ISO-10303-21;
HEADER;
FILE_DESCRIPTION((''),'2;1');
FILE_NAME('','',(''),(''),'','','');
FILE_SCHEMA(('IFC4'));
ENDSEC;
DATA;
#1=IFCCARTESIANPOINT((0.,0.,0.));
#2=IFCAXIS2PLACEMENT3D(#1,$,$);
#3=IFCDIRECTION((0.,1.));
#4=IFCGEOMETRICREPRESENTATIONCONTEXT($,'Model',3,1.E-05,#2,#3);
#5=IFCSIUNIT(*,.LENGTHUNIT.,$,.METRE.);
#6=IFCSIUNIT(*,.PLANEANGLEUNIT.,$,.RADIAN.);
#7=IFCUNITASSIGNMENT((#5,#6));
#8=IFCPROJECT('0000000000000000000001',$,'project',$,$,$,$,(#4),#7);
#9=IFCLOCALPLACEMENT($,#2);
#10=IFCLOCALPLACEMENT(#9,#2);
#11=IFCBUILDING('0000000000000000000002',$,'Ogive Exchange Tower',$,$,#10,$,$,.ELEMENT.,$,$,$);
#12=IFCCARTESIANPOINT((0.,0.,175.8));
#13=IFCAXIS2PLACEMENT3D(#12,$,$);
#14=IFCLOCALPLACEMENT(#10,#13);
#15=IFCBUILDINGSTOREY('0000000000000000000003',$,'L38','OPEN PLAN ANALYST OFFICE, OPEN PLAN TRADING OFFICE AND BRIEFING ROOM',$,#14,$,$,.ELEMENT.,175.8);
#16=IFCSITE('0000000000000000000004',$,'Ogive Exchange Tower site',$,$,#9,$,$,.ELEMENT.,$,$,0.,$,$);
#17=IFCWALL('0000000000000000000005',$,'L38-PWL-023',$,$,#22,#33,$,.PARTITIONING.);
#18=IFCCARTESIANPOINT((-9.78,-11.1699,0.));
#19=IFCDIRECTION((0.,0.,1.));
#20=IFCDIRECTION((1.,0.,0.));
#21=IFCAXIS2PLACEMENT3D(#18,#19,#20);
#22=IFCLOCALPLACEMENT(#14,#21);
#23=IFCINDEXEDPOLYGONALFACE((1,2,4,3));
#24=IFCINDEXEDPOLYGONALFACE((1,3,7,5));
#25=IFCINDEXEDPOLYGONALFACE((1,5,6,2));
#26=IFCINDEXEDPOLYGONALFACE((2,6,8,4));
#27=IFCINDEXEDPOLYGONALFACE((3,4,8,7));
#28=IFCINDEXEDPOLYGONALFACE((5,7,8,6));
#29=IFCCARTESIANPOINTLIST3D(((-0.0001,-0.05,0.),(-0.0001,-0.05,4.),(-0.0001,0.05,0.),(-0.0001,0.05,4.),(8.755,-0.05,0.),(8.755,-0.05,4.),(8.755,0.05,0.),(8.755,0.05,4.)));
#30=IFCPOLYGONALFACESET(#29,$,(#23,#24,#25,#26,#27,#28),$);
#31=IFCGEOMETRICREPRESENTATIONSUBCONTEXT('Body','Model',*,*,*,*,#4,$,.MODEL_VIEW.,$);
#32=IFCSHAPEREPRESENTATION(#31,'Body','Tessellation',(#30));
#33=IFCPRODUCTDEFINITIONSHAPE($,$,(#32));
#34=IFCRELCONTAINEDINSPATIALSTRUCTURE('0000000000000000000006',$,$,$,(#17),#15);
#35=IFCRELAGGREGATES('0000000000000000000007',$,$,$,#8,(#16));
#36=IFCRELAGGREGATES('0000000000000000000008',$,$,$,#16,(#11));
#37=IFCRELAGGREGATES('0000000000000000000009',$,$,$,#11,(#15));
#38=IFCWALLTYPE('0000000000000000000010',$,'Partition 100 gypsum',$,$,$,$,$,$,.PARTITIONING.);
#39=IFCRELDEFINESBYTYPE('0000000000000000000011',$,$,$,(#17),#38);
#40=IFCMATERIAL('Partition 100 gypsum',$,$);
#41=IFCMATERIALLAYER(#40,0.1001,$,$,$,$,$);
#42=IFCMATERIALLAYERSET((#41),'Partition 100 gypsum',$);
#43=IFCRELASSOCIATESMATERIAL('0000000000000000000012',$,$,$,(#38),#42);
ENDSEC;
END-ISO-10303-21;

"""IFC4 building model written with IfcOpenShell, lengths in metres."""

from ifc_helpers import new_model, si_unit, direction, frame, frame_2d, origin, place, context, subcontext, project, spatial, rectangle, extrude, material, layer, layer_set, type_object, element, save


model = new_model("IFC4")

# Units and contexts
model_context = context("Model", 3, precision=1e-05, world=origin(), true_north=direction((0.0, 1.0)))
body_context = subcontext(model_context, "Body", "Model", "MODEL_VIEW")
ifc_project = project(units=[si_unit("LENGTHUNIT", "METRE"), si_unit("PLANEANGLEUNIT", "RADIAN")], contexts=[model_context])

# Site, building, storey
site_placement = place(None, origin())
site = spatial("IfcSite", under=ifc_project, at=site_placement, Name="Ogive Exchange Tower site", CompositionType="ELEMENT", RefElevation=0.0)
building_placement = place(site_placement, origin())
building = spatial("IfcBuilding", under=site, at=building_placement, Name="Ogive Exchange Tower", CompositionType="ELEMENT")
storey_placement = place(building_placement, frame((0.0, 0.0, 175.8)))
storey = spatial("IfcBuildingStorey", under=building, at=storey_placement, Name="L38", Description="OPEN PLAN ANALYST OFFICE, OPEN PLAN TRADING OFFICE AND BRIEFING ROOM", CompositionType="ELEMENT", Elevation=175.8)

# Shared definitions
ifc_material_1 = material(Name="Partition 100 gypsum")
ifc_layer_1 = layer(ifc_material_1, 0.1001)
ifc_layer_set_1 = layer_set([ifc_layer_1], Name="Partition 100 gypsum")
wall_type_1 = type_object("IfcWallType", Name="Partition 100 gypsum", PredefinedType="PARTITIONING", material=ifc_layer_set_1)

# Wall
wall_1_placement = place(storey_placement, frame((-9.78, -11.1699, 0.0), z_axis=(0.0, 0.0, 1.0), x_axis=(1.0, 0.0, 0.0)))
element("IfcWall", 1, at=wall_1_placement, inside=storey, type_object=wall_type_1, Name="L38-PWL-023", PredefinedType="PARTITIONING", context=body_context, shape_type="SweptSolid", body=[
    extrude(rectangle(XDim=8.7551, YDim=0.1001, at=frame_2d((4.3774, 0.0))), origin(), (0.0, 0.0, 1.0), 4.0),
])

save(model, "model.ifc")
